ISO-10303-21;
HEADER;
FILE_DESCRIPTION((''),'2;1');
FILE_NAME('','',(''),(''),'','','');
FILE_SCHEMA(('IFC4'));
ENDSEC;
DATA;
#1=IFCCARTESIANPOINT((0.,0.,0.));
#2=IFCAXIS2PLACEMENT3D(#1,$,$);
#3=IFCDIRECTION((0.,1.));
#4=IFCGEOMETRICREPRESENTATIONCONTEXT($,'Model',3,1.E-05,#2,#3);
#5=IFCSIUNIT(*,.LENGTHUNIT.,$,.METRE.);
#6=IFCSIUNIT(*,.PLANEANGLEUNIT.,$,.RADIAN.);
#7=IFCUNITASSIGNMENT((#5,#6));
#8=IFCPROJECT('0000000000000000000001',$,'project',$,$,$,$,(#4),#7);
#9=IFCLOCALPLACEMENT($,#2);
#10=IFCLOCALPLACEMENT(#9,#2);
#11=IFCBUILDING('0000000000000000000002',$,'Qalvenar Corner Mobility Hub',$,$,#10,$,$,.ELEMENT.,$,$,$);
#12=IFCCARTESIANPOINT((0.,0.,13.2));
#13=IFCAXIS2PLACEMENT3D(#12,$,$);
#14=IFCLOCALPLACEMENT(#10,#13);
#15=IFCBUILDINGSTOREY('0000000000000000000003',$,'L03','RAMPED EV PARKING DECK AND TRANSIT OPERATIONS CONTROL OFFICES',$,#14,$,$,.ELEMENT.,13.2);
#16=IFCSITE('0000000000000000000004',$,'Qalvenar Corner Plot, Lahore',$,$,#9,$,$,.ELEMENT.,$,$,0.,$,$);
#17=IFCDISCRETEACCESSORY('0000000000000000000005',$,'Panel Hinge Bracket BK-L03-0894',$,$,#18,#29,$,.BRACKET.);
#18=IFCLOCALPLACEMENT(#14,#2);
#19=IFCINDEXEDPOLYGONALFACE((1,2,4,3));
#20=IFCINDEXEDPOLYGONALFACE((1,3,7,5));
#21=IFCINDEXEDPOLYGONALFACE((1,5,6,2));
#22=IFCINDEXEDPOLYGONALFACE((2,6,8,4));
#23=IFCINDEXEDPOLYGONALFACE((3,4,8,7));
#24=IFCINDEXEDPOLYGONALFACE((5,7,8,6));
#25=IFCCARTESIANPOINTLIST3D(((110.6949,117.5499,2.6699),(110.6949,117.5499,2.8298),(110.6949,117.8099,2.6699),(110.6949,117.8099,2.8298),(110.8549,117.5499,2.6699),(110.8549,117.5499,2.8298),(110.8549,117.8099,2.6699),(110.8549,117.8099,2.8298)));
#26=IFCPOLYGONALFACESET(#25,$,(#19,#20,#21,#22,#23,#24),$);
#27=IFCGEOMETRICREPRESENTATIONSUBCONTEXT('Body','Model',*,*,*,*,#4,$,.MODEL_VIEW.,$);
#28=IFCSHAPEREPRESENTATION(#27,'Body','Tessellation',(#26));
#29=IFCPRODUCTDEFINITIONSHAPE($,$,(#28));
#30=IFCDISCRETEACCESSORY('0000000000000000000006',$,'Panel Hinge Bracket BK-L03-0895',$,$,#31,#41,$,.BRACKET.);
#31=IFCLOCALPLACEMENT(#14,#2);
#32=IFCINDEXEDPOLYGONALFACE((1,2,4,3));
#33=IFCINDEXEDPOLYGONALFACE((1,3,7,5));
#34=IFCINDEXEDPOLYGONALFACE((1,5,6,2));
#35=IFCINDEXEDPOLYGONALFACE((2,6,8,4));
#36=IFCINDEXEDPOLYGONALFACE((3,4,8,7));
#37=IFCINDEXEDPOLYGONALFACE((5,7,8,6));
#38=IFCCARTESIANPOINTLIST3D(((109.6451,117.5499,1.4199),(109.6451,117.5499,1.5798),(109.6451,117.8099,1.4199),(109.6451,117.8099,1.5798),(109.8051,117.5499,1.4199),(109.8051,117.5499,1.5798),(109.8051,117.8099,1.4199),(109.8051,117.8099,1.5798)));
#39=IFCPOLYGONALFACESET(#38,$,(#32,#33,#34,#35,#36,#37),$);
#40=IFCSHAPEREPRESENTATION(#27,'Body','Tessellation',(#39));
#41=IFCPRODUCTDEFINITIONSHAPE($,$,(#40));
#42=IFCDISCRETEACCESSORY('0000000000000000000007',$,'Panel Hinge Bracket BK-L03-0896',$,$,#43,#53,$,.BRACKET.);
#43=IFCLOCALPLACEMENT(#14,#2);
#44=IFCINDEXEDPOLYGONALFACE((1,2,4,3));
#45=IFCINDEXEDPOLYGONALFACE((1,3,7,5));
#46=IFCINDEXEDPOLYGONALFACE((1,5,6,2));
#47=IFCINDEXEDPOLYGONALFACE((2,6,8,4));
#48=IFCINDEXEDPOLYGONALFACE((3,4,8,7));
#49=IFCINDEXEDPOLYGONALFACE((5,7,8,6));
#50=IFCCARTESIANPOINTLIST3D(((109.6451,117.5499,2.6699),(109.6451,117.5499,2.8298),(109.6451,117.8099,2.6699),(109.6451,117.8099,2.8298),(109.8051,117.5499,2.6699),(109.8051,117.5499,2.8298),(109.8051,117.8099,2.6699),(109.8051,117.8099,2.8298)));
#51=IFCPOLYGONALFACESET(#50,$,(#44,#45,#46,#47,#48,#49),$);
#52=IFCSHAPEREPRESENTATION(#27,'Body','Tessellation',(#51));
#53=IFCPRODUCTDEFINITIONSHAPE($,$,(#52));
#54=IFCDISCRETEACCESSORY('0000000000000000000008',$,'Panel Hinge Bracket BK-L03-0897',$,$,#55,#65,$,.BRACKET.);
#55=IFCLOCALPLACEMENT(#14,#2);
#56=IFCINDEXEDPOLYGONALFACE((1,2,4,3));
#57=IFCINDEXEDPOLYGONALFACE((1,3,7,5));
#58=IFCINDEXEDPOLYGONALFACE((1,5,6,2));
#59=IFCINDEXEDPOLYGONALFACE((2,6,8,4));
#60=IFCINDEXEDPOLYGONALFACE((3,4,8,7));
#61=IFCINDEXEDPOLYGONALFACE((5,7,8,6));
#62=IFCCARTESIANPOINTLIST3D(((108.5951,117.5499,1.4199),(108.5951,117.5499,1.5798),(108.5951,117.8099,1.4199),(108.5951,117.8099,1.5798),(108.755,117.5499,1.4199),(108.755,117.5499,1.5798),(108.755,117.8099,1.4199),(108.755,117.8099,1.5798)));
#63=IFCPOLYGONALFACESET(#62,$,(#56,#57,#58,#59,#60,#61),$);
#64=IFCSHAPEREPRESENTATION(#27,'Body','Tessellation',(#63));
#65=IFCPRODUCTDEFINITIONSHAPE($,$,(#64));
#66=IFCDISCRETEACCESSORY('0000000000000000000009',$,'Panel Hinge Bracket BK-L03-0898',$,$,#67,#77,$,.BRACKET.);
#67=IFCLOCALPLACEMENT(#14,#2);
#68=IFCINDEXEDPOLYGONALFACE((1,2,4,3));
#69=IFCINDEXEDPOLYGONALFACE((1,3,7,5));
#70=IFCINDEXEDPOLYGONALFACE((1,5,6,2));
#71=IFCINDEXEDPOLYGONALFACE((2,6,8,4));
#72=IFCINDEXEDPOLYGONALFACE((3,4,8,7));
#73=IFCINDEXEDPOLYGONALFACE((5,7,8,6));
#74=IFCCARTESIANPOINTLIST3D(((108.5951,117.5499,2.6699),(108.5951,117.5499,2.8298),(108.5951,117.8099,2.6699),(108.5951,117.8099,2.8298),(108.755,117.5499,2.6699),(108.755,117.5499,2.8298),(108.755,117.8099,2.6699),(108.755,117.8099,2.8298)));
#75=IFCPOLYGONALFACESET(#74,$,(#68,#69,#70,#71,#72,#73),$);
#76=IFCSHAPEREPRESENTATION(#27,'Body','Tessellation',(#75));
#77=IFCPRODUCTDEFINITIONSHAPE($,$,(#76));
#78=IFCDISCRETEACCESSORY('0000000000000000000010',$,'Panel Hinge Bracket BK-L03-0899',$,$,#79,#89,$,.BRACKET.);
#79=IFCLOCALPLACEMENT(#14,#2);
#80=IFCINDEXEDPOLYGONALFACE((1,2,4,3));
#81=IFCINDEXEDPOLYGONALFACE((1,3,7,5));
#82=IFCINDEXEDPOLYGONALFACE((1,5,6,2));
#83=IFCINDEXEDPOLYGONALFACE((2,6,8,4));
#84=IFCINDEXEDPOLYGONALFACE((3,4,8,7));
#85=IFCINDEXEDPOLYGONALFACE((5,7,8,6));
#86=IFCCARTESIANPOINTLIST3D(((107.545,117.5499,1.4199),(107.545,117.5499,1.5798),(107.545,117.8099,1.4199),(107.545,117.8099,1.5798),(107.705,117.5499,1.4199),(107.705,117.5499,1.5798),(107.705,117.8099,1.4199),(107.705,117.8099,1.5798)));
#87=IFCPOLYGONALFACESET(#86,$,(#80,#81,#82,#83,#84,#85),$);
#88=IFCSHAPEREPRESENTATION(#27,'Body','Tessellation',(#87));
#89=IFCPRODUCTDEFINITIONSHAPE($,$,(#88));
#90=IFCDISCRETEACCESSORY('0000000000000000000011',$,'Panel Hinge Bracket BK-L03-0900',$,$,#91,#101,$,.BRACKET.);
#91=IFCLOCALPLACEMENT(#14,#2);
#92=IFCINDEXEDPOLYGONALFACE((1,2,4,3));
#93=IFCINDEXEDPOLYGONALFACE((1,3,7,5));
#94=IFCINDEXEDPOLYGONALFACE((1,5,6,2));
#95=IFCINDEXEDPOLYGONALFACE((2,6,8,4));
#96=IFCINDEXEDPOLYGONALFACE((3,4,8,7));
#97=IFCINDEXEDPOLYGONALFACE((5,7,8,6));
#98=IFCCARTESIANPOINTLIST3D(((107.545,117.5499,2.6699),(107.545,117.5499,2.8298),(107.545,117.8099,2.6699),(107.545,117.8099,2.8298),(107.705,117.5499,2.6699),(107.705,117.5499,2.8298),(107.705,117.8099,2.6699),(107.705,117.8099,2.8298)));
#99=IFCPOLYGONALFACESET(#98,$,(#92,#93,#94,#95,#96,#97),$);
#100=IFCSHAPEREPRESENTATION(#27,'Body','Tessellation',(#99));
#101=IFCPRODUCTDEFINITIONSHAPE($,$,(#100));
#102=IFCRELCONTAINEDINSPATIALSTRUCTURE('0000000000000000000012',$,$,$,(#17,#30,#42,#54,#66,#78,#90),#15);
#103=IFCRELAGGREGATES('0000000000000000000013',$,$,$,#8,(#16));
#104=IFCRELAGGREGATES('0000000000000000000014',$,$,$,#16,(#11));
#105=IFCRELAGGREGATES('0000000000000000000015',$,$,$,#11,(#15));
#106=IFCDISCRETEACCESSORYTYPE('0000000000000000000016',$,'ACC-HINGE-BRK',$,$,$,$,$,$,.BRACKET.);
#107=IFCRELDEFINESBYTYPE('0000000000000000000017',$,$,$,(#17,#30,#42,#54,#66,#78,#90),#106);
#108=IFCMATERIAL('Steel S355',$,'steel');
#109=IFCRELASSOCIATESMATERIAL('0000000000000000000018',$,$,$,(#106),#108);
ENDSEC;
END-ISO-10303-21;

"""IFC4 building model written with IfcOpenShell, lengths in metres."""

from ifc_helpers import new_model, si_unit, direction, frame, origin, origin_2d, place, context, subcontext, project, spatial, rectangle, extrude, material, type_object, element, save


model = new_model("IFC4")

# Units and contexts
model_context = context("Model", 3, precision=1e-05, world=origin(), true_north=direction((0.0, 1.0)))
body_context = subcontext(model_context, "Body", "Model", "MODEL_VIEW")
ifc_project = project(units=[si_unit("LENGTHUNIT", "METRE"), si_unit("PLANEANGLEUNIT", "RADIAN")], contexts=[model_context])

# Site, building, storey
site_placement = place(None, origin())
site = spatial("IfcSite", under=ifc_project, at=site_placement, Name="Qalvenar Corner Plot, Lahore", CompositionType="ELEMENT", RefElevation=0.0)
building_placement = place(site_placement, origin())
building = spatial("IfcBuilding", under=site, at=building_placement, Name="Qalvenar Corner Mobility Hub", CompositionType="ELEMENT")
storey_placement = place(building_placement, frame((0.0, 0.0, 13.2)))
storey = spatial("IfcBuildingStorey", under=building, at=storey_placement, Name="L03", Description="RAMPED EV PARKING DECK AND TRANSIT OPERATIONS CONTROL OFFICES", CompositionType="ELEMENT", Elevation=13.2)

# Shared definitions
ifc_material = material(Name="Steel S355", Category="steel")

# Discrete accessories
discrete_accessory_type_1 = type_object("IfcDiscreteAccessoryType", Name="ACC-HINGE-BRK", PredefinedType="BRACKET", material=ifc_material)
for number, where, z_axis, x_axis, name in (
    (1, (110.7749, 117.6799, 2.6699), (0.0, 0.0, 1.0), (-1.0, 0.0, 0.0), "Panel Hinge Bracket BK-L03-0894"),
    (2, (109.7251, 117.6799, 1.4199), (0.0, 0.0, 1.0), (-1.0, 0.0, 0.0), "Panel Hinge Bracket BK-L03-0895"),
    (3, (109.7251, 117.6799, 2.6699), (0.0, 0.0, 1.0), (-1.0, 0.0, 0.0), "Panel Hinge Bracket BK-L03-0896"),
    (4, (108.675, 117.6799, 1.4199), (0.0, 0.0, 1.0), (-1.0, 0.0, 0.0), "Panel Hinge Bracket BK-L03-0897"),
    (5, (108.675, 117.6799, 2.6699), (0.0, 0.0, 1.0), (-1.0, 0.0, 0.0), "Panel Hinge Bracket BK-L03-0898"),
    (6, (107.625, 117.6799, 1.4199), (0.0, 0.0, 1.0), (-1.0, 0.0, 0.0), "Panel Hinge Bracket BK-L03-0899"),
    (7, (107.625, 117.6799, 2.6699), (0.0, 0.0, 1.0), (-1.0, 0.0, 0.0), "Panel Hinge Bracket BK-L03-0900"),
):
    element("IfcDiscreteAccessory", number, at=place(storey_placement, frame(where, z_axis=z_axis, x_axis=x_axis)), inside=storey, type_object=discrete_accessory_type_1, Name=name, PredefinedType="BRACKET", context=body_context, shape_type="SweptSolid", body=[
        extrude(rectangle(XDim=0.1599, YDim=0.26, at=origin_2d()), origin(), (0.0, 0.0, 1.0), 0.1599),
    ])

save(model, "model.ifc")
